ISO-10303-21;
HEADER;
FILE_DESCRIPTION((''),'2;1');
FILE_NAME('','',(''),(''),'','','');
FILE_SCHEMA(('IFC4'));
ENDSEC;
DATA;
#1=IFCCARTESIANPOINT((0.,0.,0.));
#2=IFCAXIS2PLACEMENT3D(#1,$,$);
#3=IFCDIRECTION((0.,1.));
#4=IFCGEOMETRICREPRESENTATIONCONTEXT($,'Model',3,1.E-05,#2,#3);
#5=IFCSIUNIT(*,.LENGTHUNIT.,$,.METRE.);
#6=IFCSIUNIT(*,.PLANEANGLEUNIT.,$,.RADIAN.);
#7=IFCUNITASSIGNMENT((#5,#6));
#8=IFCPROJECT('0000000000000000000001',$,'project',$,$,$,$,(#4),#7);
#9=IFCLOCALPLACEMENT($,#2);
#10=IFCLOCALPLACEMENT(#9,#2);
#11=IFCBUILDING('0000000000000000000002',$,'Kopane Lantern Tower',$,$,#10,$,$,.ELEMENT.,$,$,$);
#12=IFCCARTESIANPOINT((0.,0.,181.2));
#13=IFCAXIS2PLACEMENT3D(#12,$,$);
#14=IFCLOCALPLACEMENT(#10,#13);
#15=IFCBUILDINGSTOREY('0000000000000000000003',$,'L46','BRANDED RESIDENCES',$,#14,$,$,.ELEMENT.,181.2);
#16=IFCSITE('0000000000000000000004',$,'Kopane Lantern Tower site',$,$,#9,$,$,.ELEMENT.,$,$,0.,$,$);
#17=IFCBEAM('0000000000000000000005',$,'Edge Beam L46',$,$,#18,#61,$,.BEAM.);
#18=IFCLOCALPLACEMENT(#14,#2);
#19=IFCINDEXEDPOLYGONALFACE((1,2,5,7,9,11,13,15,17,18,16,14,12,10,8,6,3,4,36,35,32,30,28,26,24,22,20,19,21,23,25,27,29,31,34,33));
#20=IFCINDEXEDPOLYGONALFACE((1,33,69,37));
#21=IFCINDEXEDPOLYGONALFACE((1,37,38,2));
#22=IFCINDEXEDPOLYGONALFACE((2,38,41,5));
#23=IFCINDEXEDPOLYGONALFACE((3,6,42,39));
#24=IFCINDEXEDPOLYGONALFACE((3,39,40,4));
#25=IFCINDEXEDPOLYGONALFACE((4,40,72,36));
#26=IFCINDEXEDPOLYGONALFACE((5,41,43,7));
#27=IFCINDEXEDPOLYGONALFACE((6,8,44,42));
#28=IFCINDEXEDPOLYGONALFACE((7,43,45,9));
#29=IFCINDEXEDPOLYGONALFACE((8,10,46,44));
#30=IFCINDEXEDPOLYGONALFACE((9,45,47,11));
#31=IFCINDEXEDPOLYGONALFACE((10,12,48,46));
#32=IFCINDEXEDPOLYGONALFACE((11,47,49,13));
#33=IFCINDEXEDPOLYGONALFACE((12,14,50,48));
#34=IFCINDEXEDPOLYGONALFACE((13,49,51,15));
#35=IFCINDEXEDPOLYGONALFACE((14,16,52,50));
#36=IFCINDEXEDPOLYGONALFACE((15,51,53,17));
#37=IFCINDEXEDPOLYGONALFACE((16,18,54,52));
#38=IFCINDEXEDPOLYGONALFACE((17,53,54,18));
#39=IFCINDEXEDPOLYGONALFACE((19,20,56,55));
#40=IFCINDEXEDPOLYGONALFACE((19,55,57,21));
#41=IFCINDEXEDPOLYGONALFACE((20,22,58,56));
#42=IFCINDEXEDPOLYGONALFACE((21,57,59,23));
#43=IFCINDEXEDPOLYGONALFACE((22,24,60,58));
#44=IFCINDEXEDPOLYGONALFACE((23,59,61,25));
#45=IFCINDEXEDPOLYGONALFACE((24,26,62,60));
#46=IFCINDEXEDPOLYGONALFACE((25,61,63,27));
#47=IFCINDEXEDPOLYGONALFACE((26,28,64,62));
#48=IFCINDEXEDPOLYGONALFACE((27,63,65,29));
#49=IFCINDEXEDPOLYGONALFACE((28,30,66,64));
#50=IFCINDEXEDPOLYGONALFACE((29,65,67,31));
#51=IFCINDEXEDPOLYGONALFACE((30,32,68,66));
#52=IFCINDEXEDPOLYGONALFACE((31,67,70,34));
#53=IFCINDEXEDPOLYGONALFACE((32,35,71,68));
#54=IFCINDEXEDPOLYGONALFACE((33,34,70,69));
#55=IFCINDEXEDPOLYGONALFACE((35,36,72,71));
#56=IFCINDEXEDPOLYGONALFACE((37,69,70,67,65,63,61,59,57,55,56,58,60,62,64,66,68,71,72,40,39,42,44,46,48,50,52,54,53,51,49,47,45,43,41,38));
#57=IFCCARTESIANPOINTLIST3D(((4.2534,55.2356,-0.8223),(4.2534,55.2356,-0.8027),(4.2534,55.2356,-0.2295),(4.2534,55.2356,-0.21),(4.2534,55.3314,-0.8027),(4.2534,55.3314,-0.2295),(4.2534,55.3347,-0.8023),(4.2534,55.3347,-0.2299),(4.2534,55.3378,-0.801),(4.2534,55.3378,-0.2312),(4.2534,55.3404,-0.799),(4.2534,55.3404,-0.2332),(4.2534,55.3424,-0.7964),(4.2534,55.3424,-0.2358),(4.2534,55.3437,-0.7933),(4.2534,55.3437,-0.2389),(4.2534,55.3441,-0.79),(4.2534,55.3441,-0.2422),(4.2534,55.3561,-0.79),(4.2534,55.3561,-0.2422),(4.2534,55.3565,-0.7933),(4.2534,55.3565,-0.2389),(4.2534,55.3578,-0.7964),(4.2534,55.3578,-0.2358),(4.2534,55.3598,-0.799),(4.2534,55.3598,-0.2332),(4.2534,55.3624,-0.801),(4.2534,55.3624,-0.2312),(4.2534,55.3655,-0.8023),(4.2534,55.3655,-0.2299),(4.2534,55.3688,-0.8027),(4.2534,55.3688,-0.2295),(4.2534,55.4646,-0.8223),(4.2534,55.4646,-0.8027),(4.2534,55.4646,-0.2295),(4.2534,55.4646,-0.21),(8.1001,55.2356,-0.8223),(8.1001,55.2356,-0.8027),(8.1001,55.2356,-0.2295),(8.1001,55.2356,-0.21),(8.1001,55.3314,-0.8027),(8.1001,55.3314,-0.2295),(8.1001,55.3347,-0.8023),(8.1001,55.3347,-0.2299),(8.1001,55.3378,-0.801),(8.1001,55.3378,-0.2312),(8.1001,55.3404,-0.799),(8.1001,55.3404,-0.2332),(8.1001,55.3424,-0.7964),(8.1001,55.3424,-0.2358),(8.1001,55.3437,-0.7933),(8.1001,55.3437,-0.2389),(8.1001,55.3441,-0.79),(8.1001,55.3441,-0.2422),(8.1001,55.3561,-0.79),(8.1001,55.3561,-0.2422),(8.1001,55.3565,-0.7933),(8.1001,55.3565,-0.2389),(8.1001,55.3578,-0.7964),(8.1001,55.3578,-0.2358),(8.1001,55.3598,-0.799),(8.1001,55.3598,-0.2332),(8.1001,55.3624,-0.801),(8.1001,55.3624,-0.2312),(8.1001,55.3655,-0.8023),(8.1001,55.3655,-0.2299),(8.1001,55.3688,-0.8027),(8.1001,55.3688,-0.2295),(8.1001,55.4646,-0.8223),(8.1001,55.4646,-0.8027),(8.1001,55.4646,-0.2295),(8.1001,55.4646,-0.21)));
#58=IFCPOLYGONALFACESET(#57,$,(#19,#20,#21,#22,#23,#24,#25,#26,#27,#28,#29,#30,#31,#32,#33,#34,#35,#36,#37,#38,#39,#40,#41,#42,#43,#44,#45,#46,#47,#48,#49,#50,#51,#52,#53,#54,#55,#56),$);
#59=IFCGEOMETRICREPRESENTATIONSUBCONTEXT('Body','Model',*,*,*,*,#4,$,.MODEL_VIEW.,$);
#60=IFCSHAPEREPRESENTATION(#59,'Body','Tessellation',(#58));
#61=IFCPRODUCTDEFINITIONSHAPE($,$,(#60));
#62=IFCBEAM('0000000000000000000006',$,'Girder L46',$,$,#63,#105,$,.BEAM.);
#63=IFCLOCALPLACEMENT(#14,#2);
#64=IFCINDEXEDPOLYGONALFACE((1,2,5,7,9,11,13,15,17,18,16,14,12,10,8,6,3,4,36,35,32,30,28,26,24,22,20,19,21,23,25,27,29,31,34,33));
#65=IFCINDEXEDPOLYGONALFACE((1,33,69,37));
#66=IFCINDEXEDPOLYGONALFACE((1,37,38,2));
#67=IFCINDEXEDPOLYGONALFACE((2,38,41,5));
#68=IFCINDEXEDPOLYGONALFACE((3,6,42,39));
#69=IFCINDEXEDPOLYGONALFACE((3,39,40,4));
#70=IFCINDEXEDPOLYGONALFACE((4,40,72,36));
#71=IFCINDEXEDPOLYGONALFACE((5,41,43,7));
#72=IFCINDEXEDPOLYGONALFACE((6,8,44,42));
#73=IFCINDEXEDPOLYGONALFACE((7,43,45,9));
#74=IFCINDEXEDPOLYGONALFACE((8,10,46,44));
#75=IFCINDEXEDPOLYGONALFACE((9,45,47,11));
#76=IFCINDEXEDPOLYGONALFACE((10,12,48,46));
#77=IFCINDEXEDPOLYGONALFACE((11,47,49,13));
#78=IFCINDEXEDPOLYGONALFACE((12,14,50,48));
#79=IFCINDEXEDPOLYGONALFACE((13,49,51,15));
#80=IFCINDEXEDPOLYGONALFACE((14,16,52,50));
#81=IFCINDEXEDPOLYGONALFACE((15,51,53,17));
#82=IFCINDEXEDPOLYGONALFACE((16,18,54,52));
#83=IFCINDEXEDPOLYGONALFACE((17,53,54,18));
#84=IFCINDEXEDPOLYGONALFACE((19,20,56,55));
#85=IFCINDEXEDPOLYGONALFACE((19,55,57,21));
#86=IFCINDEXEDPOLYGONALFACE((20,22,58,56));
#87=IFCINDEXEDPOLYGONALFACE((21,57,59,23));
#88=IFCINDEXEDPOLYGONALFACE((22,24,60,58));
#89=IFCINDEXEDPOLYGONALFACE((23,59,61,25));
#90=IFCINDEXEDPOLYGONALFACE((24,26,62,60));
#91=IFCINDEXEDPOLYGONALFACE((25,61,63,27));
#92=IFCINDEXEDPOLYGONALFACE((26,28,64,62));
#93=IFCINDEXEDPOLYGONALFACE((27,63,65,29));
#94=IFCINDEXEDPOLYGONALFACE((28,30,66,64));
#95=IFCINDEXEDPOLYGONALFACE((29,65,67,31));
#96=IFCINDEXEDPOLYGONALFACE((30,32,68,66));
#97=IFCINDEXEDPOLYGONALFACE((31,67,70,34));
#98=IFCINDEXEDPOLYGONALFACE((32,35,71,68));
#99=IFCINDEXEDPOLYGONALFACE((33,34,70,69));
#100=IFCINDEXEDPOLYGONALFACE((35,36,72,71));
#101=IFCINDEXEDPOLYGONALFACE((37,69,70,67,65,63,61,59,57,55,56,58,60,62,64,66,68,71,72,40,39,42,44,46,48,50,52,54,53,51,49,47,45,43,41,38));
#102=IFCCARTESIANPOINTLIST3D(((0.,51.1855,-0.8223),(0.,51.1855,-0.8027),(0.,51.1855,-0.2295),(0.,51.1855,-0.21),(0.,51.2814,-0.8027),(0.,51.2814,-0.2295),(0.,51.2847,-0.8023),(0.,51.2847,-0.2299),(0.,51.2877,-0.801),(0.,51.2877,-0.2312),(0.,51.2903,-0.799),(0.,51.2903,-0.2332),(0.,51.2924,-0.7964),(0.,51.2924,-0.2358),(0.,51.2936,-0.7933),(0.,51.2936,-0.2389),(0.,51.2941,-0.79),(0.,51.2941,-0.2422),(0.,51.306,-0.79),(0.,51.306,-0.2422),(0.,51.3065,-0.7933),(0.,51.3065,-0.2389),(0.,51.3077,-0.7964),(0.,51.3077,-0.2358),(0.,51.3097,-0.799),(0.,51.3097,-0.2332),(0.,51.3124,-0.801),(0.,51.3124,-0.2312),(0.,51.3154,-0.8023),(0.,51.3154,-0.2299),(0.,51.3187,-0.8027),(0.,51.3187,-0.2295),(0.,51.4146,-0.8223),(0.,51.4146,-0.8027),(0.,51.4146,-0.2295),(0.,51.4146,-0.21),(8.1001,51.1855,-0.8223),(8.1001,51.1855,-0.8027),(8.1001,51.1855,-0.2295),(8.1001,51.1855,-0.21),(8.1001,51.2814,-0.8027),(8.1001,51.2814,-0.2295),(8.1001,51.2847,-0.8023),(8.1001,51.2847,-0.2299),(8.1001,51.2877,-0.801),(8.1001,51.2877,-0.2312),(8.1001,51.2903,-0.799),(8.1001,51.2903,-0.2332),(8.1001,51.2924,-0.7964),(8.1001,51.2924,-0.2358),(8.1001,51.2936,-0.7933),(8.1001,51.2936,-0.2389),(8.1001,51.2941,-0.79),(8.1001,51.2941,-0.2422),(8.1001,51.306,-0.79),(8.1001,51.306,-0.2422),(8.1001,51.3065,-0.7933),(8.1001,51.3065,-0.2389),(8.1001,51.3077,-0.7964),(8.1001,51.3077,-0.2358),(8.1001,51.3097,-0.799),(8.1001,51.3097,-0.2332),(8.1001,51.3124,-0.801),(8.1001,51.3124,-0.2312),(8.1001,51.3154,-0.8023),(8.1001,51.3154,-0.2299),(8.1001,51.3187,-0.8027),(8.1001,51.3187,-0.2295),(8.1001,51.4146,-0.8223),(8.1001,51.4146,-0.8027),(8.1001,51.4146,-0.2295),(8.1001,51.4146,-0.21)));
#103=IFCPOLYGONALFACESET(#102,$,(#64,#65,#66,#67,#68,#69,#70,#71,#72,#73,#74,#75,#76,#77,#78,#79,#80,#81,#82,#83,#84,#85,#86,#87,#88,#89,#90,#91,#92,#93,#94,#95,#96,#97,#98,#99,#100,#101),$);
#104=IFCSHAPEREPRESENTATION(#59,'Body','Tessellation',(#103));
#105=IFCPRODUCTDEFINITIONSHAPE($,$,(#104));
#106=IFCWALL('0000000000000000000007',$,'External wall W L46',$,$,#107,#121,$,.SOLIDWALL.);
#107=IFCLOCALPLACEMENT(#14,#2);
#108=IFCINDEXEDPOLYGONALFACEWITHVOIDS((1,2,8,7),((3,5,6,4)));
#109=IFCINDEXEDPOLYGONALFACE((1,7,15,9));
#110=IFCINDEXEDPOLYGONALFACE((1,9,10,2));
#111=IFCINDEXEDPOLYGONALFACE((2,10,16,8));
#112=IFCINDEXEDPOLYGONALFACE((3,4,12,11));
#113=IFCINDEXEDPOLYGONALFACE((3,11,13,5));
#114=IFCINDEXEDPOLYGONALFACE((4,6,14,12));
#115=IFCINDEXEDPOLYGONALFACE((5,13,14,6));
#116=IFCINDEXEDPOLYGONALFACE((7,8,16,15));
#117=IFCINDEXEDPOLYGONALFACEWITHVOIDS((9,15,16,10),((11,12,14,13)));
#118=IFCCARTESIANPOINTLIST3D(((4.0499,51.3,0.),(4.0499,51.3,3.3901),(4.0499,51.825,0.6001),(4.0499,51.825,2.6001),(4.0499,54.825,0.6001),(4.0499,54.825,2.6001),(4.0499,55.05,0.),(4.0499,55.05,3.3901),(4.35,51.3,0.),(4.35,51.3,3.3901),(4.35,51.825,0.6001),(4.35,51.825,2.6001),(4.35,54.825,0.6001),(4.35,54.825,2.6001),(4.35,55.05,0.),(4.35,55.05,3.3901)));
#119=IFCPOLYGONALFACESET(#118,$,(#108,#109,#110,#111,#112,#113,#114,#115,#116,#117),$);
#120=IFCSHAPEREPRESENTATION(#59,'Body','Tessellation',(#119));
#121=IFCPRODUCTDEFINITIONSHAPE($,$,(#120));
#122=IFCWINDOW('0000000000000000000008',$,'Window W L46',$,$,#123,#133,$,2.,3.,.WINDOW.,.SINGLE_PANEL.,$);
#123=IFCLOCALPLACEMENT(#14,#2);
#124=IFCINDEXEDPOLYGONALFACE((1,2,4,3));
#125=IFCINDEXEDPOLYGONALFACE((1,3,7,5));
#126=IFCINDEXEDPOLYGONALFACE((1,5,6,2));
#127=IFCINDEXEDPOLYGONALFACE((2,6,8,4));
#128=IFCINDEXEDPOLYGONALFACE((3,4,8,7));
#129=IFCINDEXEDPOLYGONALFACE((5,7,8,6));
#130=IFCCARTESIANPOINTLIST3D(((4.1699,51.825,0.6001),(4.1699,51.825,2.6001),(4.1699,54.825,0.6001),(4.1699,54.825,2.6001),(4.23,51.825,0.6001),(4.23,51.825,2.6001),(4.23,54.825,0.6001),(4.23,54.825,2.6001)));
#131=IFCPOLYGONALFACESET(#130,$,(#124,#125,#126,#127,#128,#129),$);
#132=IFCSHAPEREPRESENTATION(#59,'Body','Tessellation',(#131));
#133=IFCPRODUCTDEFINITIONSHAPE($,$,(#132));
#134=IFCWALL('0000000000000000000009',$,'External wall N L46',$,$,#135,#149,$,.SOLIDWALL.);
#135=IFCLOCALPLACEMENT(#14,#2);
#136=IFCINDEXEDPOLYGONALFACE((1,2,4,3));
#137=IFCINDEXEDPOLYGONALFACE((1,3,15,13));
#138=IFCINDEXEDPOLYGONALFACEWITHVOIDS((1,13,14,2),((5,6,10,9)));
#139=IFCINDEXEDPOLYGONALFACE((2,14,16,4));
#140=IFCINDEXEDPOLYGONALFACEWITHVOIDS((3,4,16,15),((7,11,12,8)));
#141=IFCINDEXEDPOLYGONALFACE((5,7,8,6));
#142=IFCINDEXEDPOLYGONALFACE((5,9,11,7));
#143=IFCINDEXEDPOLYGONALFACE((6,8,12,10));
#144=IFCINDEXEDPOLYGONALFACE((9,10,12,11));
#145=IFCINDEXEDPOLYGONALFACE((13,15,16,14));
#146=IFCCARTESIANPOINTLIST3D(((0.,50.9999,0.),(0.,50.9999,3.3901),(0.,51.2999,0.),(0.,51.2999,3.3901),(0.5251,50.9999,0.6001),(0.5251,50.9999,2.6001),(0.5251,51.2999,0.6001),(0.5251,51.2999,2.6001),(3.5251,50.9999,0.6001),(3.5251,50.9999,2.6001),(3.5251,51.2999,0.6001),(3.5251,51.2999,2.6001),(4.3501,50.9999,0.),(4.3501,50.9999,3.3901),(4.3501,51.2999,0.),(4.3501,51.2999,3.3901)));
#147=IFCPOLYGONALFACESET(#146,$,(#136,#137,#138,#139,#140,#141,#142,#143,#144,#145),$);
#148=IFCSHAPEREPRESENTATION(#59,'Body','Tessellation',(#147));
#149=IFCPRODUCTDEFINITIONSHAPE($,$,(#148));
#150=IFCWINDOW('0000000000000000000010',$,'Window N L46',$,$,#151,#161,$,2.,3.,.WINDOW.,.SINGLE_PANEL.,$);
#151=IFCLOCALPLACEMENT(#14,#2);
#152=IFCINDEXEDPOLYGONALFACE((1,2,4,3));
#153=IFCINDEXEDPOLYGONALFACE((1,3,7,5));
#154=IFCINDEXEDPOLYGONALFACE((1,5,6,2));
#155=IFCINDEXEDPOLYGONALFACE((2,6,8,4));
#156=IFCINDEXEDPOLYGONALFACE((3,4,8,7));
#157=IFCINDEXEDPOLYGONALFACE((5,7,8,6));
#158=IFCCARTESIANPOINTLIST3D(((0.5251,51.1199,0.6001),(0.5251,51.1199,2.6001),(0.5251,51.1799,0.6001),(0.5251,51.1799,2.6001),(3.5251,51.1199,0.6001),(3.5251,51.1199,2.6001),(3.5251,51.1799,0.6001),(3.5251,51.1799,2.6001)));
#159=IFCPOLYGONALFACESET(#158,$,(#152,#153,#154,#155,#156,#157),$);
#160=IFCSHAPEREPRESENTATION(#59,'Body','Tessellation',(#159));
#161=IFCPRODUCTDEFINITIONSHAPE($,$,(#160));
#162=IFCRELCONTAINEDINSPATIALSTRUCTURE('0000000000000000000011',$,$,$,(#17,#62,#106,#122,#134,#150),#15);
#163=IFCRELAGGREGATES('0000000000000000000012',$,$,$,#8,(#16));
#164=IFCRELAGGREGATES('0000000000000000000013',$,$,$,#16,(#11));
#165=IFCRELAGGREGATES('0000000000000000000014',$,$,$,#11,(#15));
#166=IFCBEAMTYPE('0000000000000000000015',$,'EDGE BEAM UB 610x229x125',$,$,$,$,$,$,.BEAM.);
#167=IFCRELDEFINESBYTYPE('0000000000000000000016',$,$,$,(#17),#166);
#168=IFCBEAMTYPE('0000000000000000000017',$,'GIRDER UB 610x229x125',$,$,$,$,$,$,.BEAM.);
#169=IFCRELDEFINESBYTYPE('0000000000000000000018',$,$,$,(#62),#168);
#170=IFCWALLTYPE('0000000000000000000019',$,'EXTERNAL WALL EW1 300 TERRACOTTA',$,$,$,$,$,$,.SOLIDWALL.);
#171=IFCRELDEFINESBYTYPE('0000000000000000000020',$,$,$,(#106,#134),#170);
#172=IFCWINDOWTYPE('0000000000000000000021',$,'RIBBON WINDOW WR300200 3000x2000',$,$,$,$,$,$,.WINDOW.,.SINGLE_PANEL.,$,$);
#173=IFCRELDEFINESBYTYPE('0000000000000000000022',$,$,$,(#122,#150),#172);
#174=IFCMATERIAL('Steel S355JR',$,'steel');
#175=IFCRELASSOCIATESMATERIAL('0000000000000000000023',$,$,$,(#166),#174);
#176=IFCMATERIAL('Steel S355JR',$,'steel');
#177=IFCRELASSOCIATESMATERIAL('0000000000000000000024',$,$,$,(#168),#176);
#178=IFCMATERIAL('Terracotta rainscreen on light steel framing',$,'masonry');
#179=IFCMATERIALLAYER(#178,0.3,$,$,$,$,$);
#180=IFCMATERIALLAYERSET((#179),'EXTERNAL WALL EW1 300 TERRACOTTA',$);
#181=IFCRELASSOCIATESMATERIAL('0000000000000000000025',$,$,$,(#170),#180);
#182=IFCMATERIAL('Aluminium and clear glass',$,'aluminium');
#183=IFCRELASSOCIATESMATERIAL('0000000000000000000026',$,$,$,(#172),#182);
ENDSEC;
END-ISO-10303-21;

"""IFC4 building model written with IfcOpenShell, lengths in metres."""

from ifc_helpers import new_model, si_unit, direction, frame, frame_2d, origin, origin_2d, place, context, subcontext, project, spatial, rectangle, i_section, extrude, material, layer, layer_set, material_profile, profile_set, type_object, element, fill, save


model = new_model("IFC4")

# Units and contexts
model_context = context("Model", 3, precision=1e-05, world=origin(), true_north=direction((0.0, 1.0)))
body_context = subcontext(model_context, "Body", "Model", "MODEL_VIEW")
ifc_project = project(units=[si_unit("LENGTHUNIT", "METRE"), si_unit("PLANEANGLEUNIT", "RADIAN")], contexts=[model_context])

# Site, building, storey
site_placement = place(None, origin())
site = spatial("IfcSite", under=ifc_project, at=site_placement, Name="Kopane Lantern Tower site", CompositionType="ELEMENT", RefElevation=0.0)
building_placement = place(site_placement, origin())
building = spatial("IfcBuilding", under=site, at=building_placement, Name="Kopane Lantern Tower", CompositionType="ELEMENT")
storey_placement = place(building_placement, frame((0.0, 0.0, 181.2)))
storey = spatial("IfcBuildingStorey", under=building, at=storey_placement, Name="L46", Description="BRANDED RESIDENCES", CompositionType="ELEMENT", Elevation=181.2)

# Beams
ifc_material_1 = material(Name="Steel S355JR", Category="steel")
ifc_material_profile_1 = material_profile(ifc_material_1, i_section(OverallWidth=0.229, OverallDepth=0.6123, WebThickness=0.012, FlangeThickness=0.0195, FilletRadius=0.0127, at=origin_2d()), Name="UB 610x229x125")
ifc_profile_set_1 = profile_set([ifc_material_profile_1], Name="Steel S355JR")
beam_type_1 = type_object("IfcBeamType", Name="EDGE BEAM UB 610x229x125", PredefinedType="BEAM", material=ifc_profile_set_1)
beam_1_placement = place(storey_placement, frame((4.2534, 55.3501, -0.5161), z_axis=(1.0, 0.0, 0.0), x_axis=(0.0, 1.0, 0.0)))
element("IfcBeam", 1, at=beam_1_placement, inside=storey, type_object=beam_type_1, Name="Edge Beam L46", PredefinedType="BEAM", context=body_context, shape_type="SweptSolid", body=[
    extrude(i_section(OverallWidth=0.229, OverallDepth=0.6123, WebThickness=0.012, FlangeThickness=0.0195, FilletRadius=0.0127, at=origin_2d()), origin(), (0.0, 0.0, 1.0), 3.8467),
])
ifc_material_2 = material(Name="Steel S355JR", Category="steel")
ifc_material_profile_2 = material_profile(ifc_material_2, i_section(OverallWidth=0.229, OverallDepth=0.6123, WebThickness=0.012, FlangeThickness=0.0195, FilletRadius=0.0127, at=origin_2d()), Name="UB 610x229x125")
ifc_profile_set_2 = profile_set([ifc_material_profile_2], Name="Steel S355JR")
beam_type_2 = type_object("IfcBeamType", Name="GIRDER UB 610x229x125", PredefinedType="BEAM", material=ifc_profile_set_2)
beam_2_placement = place(storey_placement, frame((0.0, 51.3, -0.5161), z_axis=(1.0, 0.0, 0.0), x_axis=(0.0, 1.0, 0.0)))
element("IfcBeam", 2, at=beam_2_placement, inside=storey, type_object=beam_type_2, Name="Girder L46", PredefinedType="BEAM", context=body_context, shape_type="SweptSolid", body=[
    extrude(i_section(OverallWidth=0.229, OverallDepth=0.6123, WebThickness=0.012, FlangeThickness=0.0195, FilletRadius=0.0127, at=origin_2d()), origin(), (0.0, 0.0, 1.0), 8.1001),
])

# Walls, openings, windows
ifc_material_3 = material(Name="Terracotta rainscreen on light steel framing", Category="masonry")
ifc_layer = layer(ifc_material_3, 0.3)
ifc_layer_set = layer_set([ifc_layer], Name="EXTERNAL WALL EW1 300 TERRACOTTA")
wall_type = type_object("IfcWallType", Name="EXTERNAL WALL EW1 300 TERRACOTTA", PredefinedType="SOLIDWALL", material=ifc_layer_set)
wall_1_placement = place(storey_placement, frame((4.2, 55.05, 0.0), z_axis=(0.0, 0.0, 1.0), x_axis=(0.0, -1.0, 0.0)))
wall_1 = element("IfcWall", 3, at=wall_1_placement, inside=storey, type_object=wall_type, Name="External wall W L46", PredefinedType="SOLIDWALL", context=body_context, shape_type="SweptSolid", body=[
    extrude(rectangle(XDim=3.75, YDim=0.3, at=frame_2d((1.875, 0.0))), origin(), (0.0, 0.0, 1.0), 3.3901),
])
opening_1_placement = place(wall_1_placement, frame((0.2251, 0.0, 0.6001)))
opening_1 = element("IfcOpeningElement", 4, at=opening_1_placement, cuts=wall_1, PredefinedType="OPENING", context=body_context, shape_type="SweptSolid", body=[
    extrude(rectangle(XDim=3.0, YDim=2.0, at=frame_2d((1.5, 1.0))), frame((0.0, 0.1599, 0.0), z_axis=(0.0, -1.0, 0.0), x_axis=(1.0, 0.0, 0.0)), (0.0, 0.0, 1.0), 0.3201),
])
ifc_material_4 = material(Name="Aluminium and clear glass", Category="aluminium")
window_type_1 = type_object("IfcWindowType", Name="RIBBON WINDOW WR300200 3000x2000", PartitioningType="SINGLE_PANEL", PredefinedType="WINDOW", material=ifc_material_4)
window_1_placement = place(opening_1_placement, origin())
window_1 = element("IfcWindow", 5, at=window_1_placement, inside=storey, type_object=window_type_1, Name="Window W L46", OverallHeight=2.0, OverallWidth=3.0, PartitioningType="SINGLE_PANEL", PredefinedType="WINDOW", context=body_context, shape_type="SweptSolid", body=[
    extrude(rectangle(XDim=3.0, YDim=2.0, at=frame_2d((1.5, 1.0))), frame((0.0, 0.03, 0.0), z_axis=(0.0, -1.0, 0.0), x_axis=(1.0, 0.0, 0.0)), (0.0, 0.0, 1.0), 0.0601),
])
fill(opening_1, window_1)
wall_2_placement = place(storey_placement, frame((4.3501, 51.1499, 0.0), z_axis=(0.0, 0.0, 1.0), x_axis=(-1.0, 0.0, 0.0)))
wall_2 = element("IfcWall", 6, at=wall_2_placement, inside=storey, type_object=wall_type, Name="External wall N L46", PredefinedType="SOLIDWALL", context=body_context, shape_type="SweptSolid", body=[
    extrude(rectangle(XDim=4.3501, YDim=0.3, at=frame_2d((2.175, 0.0))), origin(), (0.0, 0.0, 1.0), 3.3901),
])
opening_2_placement = place(wall_2_placement, frame((0.825, 0.0, 0.6001)))
opening_2 = element("IfcOpeningElement", 7, at=opening_2_placement, cuts=wall_2, PredefinedType="OPENING", context=body_context, shape_type="SweptSolid", body=[
    extrude(rectangle(XDim=3.0, YDim=2.0, at=frame_2d((1.5, 1.0))), frame((0.0, 0.1599, 0.0), z_axis=(0.0, -1.0, 0.0), x_axis=(1.0, 0.0, 0.0)), (0.0, 0.0, 1.0), 0.3201),
])
window_2_placement = place(opening_2_placement, origin())
window_2 = element("IfcWindow", 8, at=window_2_placement, inside=storey, type_object=window_type_1, Name="Window N L46", OverallHeight=2.0, OverallWidth=3.0, PartitioningType="SINGLE_PANEL", PredefinedType="WINDOW", context=body_context, shape_type="SweptSolid", body=[
    extrude(rectangle(XDim=3.0, YDim=2.0, at=frame_2d((1.5, 1.0))), frame((0.0, 0.03, 0.0), z_axis=(0.0, -1.0, 0.0), x_axis=(1.0, 0.0, 0.0)), (0.0, 0.0, 1.0), 0.0601),
])
fill(opening_2, window_2)

save(model, "model.ifc")
